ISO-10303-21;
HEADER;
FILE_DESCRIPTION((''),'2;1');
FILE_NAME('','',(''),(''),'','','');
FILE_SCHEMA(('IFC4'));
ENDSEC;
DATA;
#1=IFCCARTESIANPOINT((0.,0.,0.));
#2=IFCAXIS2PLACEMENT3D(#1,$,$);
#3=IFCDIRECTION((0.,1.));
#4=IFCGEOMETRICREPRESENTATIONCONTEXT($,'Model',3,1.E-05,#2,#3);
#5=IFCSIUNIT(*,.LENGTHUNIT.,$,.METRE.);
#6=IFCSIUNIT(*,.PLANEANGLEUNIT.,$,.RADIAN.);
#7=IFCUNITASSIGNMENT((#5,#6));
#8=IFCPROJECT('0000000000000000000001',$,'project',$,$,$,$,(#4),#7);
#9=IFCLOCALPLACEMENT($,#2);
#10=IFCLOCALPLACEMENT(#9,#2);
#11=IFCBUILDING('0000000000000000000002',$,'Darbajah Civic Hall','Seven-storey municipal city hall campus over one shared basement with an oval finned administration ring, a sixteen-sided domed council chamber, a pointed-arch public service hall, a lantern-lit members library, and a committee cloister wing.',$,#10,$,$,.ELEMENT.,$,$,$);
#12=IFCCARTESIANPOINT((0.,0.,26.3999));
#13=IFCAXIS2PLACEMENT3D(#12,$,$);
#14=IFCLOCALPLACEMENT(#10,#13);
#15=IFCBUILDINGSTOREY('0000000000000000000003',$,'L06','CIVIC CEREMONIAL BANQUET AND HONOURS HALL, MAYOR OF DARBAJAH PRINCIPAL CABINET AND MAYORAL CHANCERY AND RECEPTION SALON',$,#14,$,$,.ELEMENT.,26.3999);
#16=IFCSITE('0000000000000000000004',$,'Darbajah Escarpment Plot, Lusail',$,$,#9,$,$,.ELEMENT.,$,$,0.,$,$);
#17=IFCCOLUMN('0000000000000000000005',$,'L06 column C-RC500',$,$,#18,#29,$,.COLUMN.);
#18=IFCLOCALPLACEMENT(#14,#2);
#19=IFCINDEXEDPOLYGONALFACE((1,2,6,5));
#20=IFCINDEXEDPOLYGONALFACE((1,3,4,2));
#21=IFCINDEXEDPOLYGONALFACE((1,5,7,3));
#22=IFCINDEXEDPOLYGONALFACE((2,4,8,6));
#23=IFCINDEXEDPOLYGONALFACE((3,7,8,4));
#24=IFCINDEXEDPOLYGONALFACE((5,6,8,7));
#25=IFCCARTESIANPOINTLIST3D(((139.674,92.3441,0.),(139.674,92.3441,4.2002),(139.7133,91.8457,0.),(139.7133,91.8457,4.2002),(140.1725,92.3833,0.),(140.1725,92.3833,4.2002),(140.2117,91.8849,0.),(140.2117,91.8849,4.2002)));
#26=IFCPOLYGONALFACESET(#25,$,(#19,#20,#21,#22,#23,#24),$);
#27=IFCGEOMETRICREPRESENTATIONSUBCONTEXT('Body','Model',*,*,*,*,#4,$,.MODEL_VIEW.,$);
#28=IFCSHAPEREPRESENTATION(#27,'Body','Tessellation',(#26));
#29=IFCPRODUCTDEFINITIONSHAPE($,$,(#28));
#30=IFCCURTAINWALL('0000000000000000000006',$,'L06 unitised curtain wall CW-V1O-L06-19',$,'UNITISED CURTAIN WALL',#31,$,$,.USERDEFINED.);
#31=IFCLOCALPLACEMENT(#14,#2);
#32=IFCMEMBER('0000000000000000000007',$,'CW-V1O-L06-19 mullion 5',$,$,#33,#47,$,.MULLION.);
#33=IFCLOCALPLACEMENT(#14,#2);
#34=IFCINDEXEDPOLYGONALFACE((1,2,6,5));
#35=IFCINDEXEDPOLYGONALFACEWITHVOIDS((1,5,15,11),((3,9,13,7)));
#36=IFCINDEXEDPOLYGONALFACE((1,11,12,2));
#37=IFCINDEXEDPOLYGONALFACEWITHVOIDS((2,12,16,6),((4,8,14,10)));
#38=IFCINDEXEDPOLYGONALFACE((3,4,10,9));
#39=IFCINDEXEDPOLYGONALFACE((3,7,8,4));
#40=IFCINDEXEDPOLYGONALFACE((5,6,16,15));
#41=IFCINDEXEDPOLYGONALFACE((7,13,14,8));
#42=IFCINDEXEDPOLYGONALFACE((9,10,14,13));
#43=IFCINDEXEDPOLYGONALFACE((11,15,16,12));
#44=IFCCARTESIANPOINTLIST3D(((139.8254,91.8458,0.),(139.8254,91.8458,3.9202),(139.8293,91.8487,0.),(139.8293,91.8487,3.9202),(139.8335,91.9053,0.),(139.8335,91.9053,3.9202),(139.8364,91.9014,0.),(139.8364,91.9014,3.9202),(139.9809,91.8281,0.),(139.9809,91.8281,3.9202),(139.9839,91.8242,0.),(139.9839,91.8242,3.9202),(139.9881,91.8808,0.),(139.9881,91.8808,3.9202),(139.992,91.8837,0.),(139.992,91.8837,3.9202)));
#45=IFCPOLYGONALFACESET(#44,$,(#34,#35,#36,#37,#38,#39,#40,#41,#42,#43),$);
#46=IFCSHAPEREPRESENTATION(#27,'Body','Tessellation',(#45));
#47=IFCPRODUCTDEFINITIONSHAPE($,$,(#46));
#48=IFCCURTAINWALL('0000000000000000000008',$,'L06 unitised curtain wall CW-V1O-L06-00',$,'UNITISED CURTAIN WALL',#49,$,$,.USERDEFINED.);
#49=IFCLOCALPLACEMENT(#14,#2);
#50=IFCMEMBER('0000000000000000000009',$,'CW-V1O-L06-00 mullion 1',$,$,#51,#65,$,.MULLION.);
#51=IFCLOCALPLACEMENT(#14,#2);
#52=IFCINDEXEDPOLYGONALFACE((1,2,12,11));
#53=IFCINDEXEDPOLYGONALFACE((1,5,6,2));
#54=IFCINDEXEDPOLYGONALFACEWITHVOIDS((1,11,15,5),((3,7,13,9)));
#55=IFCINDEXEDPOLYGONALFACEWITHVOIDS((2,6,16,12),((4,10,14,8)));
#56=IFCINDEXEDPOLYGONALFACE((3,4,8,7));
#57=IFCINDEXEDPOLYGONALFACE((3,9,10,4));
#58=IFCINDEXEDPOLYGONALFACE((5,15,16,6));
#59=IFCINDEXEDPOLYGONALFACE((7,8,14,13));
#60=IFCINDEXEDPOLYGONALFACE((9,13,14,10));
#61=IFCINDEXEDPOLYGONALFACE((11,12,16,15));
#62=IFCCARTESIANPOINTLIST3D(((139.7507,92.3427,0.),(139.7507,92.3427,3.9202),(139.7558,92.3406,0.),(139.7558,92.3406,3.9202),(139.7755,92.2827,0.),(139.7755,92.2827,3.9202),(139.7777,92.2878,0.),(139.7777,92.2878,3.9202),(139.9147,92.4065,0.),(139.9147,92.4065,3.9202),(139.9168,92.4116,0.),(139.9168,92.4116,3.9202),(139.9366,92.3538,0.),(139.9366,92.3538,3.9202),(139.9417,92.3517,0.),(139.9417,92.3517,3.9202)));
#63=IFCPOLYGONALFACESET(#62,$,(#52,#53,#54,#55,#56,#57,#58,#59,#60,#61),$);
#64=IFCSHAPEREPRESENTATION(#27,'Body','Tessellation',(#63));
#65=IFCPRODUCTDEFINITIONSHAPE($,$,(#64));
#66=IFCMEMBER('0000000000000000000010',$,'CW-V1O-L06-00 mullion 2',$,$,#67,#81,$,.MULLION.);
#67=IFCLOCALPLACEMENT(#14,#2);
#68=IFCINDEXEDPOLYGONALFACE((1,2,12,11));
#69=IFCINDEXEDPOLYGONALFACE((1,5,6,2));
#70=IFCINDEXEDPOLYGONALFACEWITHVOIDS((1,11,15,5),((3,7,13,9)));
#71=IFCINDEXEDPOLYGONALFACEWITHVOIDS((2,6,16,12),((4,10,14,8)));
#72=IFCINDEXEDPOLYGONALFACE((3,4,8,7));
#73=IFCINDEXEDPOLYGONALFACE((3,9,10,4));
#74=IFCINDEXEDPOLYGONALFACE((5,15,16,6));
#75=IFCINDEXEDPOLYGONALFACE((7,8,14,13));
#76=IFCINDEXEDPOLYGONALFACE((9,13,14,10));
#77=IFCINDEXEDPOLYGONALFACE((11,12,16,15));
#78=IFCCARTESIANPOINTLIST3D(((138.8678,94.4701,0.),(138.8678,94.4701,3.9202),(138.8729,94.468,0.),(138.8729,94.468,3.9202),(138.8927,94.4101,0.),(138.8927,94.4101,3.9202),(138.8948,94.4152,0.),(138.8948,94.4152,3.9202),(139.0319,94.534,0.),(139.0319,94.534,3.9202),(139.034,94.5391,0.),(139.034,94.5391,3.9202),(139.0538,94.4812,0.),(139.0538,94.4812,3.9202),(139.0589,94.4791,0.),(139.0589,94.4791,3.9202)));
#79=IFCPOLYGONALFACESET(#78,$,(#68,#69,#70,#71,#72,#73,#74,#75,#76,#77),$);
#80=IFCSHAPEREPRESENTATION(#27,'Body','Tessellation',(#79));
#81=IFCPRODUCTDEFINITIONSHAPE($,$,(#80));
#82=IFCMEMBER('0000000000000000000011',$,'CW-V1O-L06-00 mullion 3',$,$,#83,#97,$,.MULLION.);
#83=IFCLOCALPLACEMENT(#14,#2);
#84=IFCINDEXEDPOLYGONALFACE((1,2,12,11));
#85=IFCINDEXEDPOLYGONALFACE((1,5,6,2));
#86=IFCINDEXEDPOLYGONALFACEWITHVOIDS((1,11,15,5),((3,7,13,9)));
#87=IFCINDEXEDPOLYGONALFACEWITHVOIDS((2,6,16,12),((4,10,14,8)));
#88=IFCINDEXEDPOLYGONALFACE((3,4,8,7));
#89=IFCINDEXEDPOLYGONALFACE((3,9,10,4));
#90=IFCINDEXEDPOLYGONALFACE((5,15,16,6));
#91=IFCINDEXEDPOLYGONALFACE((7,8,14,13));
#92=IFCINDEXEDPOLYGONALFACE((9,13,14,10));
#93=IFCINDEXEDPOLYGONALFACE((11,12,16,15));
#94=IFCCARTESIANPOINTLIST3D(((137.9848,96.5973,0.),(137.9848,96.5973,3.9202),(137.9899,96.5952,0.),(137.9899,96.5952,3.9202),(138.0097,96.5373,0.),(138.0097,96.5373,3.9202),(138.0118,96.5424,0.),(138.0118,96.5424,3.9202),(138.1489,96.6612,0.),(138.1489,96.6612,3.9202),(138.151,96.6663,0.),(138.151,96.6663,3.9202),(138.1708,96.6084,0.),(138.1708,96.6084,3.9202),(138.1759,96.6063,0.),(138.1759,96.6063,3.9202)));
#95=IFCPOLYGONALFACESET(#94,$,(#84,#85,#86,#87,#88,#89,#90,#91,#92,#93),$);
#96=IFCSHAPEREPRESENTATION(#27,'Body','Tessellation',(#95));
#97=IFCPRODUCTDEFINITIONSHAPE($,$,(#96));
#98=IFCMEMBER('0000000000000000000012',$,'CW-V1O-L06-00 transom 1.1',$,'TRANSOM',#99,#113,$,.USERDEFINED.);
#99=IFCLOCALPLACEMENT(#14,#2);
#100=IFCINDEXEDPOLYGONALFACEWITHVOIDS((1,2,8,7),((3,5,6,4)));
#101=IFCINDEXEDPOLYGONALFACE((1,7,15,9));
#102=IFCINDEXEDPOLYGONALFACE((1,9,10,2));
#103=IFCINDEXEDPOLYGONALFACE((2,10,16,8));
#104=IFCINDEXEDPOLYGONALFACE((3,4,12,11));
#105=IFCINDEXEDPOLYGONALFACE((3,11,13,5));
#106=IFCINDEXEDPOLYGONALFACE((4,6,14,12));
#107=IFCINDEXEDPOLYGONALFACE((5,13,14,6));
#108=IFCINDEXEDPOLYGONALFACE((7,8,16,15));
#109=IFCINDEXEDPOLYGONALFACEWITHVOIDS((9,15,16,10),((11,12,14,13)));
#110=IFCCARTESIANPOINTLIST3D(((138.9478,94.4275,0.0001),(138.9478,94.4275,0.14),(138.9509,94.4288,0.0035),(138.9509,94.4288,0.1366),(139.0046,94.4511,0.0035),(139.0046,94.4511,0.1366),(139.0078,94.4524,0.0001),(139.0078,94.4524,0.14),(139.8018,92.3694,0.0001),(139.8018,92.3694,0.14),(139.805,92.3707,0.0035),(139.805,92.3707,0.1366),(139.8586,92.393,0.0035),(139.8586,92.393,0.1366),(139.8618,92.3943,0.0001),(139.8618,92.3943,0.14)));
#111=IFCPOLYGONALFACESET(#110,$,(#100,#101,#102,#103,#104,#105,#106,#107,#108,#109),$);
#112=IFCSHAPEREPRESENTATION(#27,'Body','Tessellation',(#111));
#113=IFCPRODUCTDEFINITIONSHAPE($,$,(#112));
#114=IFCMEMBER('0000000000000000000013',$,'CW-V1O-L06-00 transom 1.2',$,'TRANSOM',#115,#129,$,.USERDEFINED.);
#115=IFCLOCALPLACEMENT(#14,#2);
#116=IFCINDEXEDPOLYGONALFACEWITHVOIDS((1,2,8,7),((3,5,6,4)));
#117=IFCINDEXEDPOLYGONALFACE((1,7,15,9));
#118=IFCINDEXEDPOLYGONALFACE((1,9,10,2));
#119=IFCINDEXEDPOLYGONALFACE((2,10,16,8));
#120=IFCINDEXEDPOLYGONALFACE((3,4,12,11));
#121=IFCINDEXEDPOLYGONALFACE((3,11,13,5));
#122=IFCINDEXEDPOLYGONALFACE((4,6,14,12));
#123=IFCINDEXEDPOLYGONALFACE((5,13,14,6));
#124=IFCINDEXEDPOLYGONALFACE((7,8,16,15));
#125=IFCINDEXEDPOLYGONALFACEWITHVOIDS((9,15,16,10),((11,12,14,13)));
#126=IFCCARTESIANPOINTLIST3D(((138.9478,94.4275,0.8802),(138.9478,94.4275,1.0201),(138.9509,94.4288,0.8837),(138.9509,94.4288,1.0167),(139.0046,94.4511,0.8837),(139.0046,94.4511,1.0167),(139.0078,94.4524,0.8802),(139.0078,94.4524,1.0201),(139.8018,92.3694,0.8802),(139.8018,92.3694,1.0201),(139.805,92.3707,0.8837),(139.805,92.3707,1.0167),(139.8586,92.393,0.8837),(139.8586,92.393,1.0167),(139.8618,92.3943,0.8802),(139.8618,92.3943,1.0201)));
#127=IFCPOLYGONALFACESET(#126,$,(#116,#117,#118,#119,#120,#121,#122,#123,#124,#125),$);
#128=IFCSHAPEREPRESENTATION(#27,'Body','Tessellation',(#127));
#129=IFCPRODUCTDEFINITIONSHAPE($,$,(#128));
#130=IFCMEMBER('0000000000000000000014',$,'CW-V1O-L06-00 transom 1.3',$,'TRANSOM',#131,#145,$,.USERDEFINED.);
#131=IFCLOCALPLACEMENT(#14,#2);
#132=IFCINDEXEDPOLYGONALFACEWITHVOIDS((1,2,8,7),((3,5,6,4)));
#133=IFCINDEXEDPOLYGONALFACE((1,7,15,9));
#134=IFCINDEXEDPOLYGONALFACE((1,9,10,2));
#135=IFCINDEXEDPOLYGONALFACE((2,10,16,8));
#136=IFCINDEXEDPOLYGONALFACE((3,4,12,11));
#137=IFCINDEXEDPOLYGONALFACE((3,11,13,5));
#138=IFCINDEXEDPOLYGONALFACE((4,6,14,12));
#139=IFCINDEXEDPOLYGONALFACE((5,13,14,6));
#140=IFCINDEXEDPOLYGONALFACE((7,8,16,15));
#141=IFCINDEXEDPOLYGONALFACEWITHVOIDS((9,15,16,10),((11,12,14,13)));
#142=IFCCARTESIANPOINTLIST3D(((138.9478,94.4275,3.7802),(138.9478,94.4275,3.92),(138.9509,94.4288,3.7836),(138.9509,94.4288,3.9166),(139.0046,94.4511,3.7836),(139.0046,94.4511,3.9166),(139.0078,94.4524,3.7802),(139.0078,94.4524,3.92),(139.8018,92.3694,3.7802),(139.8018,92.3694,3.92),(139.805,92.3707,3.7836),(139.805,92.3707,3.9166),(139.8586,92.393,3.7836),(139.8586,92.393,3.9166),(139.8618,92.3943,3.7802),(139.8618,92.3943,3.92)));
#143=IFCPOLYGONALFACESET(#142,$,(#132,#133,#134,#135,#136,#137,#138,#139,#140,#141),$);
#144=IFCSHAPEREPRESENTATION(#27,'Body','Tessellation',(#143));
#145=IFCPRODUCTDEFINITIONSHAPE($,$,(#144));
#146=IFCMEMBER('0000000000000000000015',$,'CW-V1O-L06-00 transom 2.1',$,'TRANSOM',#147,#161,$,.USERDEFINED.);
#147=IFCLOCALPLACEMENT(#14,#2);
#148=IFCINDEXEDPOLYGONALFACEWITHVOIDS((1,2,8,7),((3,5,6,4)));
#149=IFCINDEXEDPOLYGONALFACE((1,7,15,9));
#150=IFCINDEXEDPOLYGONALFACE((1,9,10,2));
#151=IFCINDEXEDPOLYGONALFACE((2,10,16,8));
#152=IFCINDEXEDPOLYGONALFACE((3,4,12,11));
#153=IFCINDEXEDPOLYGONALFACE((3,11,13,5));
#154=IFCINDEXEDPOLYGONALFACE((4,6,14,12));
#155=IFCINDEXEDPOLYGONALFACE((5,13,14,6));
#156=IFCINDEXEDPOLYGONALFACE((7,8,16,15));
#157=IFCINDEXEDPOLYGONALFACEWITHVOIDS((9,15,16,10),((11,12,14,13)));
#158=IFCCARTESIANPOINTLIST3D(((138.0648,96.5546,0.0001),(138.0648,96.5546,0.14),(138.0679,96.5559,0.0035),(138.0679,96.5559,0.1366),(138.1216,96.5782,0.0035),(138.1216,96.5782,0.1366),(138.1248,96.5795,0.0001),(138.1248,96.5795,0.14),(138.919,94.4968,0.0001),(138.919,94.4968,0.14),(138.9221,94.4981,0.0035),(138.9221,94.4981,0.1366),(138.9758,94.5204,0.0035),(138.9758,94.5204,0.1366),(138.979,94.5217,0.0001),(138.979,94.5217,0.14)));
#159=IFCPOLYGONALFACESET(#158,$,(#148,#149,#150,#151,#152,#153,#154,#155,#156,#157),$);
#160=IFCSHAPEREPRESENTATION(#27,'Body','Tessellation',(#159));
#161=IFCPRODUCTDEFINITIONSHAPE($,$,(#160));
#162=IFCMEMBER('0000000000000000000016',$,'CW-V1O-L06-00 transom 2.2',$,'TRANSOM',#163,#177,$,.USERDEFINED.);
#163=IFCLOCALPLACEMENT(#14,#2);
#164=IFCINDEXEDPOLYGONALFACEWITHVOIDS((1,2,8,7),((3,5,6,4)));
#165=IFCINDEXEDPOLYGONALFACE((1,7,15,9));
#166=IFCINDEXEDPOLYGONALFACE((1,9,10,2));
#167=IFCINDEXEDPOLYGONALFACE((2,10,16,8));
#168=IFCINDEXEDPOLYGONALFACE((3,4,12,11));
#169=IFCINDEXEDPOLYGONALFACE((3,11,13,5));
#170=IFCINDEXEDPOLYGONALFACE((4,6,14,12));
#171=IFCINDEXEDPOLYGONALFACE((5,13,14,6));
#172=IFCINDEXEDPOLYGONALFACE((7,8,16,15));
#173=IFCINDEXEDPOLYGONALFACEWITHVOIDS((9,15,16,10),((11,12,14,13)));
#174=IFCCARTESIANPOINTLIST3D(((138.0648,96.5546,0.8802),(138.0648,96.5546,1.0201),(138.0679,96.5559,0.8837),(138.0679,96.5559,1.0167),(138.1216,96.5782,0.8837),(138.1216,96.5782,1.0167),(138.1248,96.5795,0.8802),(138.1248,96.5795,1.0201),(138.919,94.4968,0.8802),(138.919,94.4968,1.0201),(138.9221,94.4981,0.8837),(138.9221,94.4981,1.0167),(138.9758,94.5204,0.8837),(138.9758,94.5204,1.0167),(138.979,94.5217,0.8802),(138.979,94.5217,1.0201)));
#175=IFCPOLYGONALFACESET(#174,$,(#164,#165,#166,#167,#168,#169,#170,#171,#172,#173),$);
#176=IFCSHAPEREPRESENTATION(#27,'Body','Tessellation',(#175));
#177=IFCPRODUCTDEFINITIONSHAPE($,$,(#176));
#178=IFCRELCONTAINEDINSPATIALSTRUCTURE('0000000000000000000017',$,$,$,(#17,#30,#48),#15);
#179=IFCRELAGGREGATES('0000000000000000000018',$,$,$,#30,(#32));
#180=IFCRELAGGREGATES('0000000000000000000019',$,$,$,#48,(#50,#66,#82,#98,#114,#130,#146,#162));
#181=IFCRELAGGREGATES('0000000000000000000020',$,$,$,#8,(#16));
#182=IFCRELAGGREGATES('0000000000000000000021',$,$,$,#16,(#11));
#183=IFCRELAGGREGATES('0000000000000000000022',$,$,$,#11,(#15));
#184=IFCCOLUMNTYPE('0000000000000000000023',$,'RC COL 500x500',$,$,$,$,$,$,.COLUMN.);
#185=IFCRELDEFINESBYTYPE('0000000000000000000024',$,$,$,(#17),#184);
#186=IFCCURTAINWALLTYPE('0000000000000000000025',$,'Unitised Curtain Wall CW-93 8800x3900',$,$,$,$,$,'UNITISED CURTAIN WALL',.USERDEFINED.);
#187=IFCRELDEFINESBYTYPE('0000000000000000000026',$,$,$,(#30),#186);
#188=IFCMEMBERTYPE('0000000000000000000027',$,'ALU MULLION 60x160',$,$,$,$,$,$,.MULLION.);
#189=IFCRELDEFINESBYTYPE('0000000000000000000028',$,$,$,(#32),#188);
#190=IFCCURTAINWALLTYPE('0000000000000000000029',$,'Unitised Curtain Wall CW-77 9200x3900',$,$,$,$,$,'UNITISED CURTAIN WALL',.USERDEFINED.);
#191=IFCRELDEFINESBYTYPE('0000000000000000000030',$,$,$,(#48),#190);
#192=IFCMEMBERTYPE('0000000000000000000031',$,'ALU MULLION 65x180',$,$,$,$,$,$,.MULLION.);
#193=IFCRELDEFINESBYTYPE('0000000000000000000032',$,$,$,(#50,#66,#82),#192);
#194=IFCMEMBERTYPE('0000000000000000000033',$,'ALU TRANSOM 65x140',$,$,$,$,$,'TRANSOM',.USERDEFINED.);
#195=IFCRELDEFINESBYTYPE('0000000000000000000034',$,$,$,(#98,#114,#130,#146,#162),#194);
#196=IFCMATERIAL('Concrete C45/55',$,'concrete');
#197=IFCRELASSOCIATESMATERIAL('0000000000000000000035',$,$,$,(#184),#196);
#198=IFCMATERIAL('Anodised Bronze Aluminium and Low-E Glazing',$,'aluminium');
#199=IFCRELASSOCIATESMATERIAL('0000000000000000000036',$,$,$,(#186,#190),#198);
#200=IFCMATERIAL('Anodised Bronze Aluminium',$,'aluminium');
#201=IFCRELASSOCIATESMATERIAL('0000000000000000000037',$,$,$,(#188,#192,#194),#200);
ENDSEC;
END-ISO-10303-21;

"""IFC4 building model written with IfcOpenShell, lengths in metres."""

from ifc_helpers import new_model, si_unit, direction, frame, origin, origin_2d, place, context, subcontext, project, spatial, rectangle, hollow_rectangle, extrude, material, material_profile, profile_set, type_object, element, aggregate, save


model = new_model("IFC4")

# Units and contexts
model_context = context("Model", 3, precision=1e-05, world=origin(), true_north=direction((0.0, 1.0)))
body_context = subcontext(model_context, "Body", "Model", "MODEL_VIEW")
ifc_project = project(units=[si_unit("LENGTHUNIT", "METRE"), si_unit("PLANEANGLEUNIT", "RADIAN")], contexts=[model_context])

# Site, building, storey
site_placement = place(None, origin())
site = spatial("IfcSite", under=ifc_project, at=site_placement, Name="Darbajah Escarpment Plot, Lusail", CompositionType="ELEMENT", RefElevation=0.0)
building_placement = place(site_placement, origin())
building = spatial("IfcBuilding", under=site, at=building_placement, Name="Darbajah Civic Hall", Description="Seven-storey municipal city hall campus over one shared basement with an oval finned administration ring, a sixteen-sided domed council chamber, a pointed-arch public service hall, a lantern-lit members library, and a committee cloister wing.", CompositionType="ELEMENT")
storey_placement = place(building_placement, frame((0.0, 0.0, 26.3999)))
storey = spatial("IfcBuildingStorey", under=building, at=storey_placement, Name="L06", Description="CIVIC CEREMONIAL BANQUET AND HONOURS HALL, MAYOR OF DARBAJAH PRINCIPAL CABINET AND MAYORAL CHANCERY AND RECEPTION SALON", CompositionType="ELEMENT", Elevation=26.3999)

# Column
ifc_material_1 = material(Name="Concrete C45/55", Category="concrete")
ifc_material_profile_1 = material_profile(ifc_material_1, rectangle(XDim=0.5, YDim=0.5, at=origin_2d()), Name="RC COL 500x500")
ifc_profile_set_1 = profile_set([ifc_material_profile_1], Name="Concrete C45/55")
column_type = type_object("IfcColumnType", Name="RC COL 500x500", PredefinedType="COLUMN", material=ifc_profile_set_1)
column_placement = place(storey_placement, frame((139.9429, 92.1145, 0.0), z_axis=(0.0, 0.0, 1.0), x_axis=(0.996917, 0.078459, 0.0)))
element("IfcColumn", 1, at=column_placement, inside=storey, type_object=column_type, Name="L06 column C-RC500", PredefinedType="COLUMN", context=body_context, shape_type="SweptSolid", body=[
    extrude(rectangle(XDim=0.5, YDim=0.5, at=origin_2d()), origin(), (0.0, 0.0, 1.0), 4.2002),
])

# Curtain wall, member
ifc_material_2 = material(Name="Anodised Bronze Aluminium and Low-E Glazing", Category="aluminium")
curtain_wall_type_1 = type_object("IfcCurtainWallType", Name="Unitised Curtain Wall CW-93 8800x3900", ElementType="UNITISED CURTAIN WALL", PredefinedType="USERDEFINED", material=ifc_material_2)
curtain_wall_1_placement = place(storey_placement, origin())
curtain_wall_1 = element("IfcCurtainWall", 2, at=curtain_wall_1_placement, inside=storey, type_object=curtain_wall_type_1, Name="L06 unitised curtain wall CW-V1O-L06-19", ObjectType="UNITISED CURTAIN WALL", PredefinedType="USERDEFINED")
ifc_material_3 = material(Name="Anodised Bronze Aluminium", Category="aluminium")
ifc_material_profile_2 = material_profile(ifc_material_3, hollow_rectangle(XDim=0.0601, YDim=0.1599, WallThickness=0.0034, at=origin_2d()), Name="ALU MULLION 60x160")
ifc_profile_set_2 = profile_set([ifc_material_profile_2], Name="Anodised Bronze Aluminium")
member_type_1 = type_object("IfcMemberType", Name="ALU MULLION 60x160", PredefinedType="MULLION", material=ifc_profile_set_2)
member_1_placement = place(storey_placement, frame((139.9087, 91.8647, 0.0), z_axis=(0.0, 0.0, 1.0), x_axis=(0.134851, 0.990866, 0.0)))
member_1 = element("IfcMember", 3, at=member_1_placement, type_object=member_type_1, Name="CW-V1O-L06-19 mullion 5", PredefinedType="MULLION", context=body_context, shape_type="SweptSolid", body=[
    extrude(hollow_rectangle(XDim=0.0601, YDim=0.1599, WallThickness=0.0034, at=origin_2d()), origin(), (0.0, 0.0, 1.0), 3.9202),
])

# Curtain wall, members
curtain_wall_type_2 = type_object("IfcCurtainWallType", Name="Unitised Curtain Wall CW-77 9200x3900", ElementType="UNITISED CURTAIN WALL", PredefinedType="USERDEFINED", material=ifc_material_2)
curtain_wall_2_placement = place(storey_placement, origin())
curtain_wall_2 = element("IfcCurtainWall", 4, at=curtain_wall_2_placement, inside=storey, type_object=curtain_wall_type_2, Name="L06 unitised curtain wall CW-V1O-L06-00", ObjectType="UNITISED CURTAIN WALL", PredefinedType="USERDEFINED")
ifc_material_profile_3 = material_profile(ifc_material_3, hollow_rectangle(XDim=0.0649, YDim=0.1799, WallThickness=0.0039, at=origin_2d()), Name="ALU MULLION 65x180")
ifc_profile_set_3 = profile_set([ifc_material_profile_3], Name="Anodised Bronze Aluminium")
member_type_2 = type_object("IfcMemberType", Name="ALU MULLION 65x180", PredefinedType="MULLION", material=ifc_profile_set_3)
member_2_placement = place(storey_placement, frame((139.8462, 92.3472, 0.0), z_axis=(0.0, 0.0, 1.0), x_axis=(-0.383328, 0.923612, 0.0)))
member_2 = element("IfcMember", 5, at=member_2_placement, type_object=member_type_2, Name="CW-V1O-L06-00 mullion 1", PredefinedType="MULLION", context=body_context, shape_type="SweptSolid", body=[
    extrude(hollow_rectangle(XDim=0.0649, YDim=0.1799, WallThickness=0.0039, at=origin_2d()), origin(), (0.0, 0.0, 1.0), 3.9202),
])
member_3_placement = place(storey_placement, frame((138.9634, 94.4746, 0.0), z_axis=(0.0, 0.0, 1.0), x_axis=(-0.383328, 0.923612, 0.0)))
member_3 = element("IfcMember", 6, at=member_3_placement, type_object=member_type_2, Name="CW-V1O-L06-00 mullion 2", PredefinedType="MULLION", context=body_context, shape_type="SweptSolid", body=[
    extrude(hollow_rectangle(XDim=0.0649, YDim=0.1799, WallThickness=0.0039, at=origin_2d()), origin(), (0.0, 0.0, 1.0), 3.9202),
])
member_4_placement = place(storey_placement, frame((138.0803, 96.6018, 0.0), z_axis=(0.0, 0.0, 1.0), x_axis=(-0.383328, 0.923612, 0.0)))
member_4 = element("IfcMember", 7, at=member_4_placement, type_object=member_type_2, Name="CW-V1O-L06-00 mullion 3", PredefinedType="MULLION", context=body_context, shape_type="SweptSolid", body=[
    extrude(hollow_rectangle(XDim=0.0649, YDim=0.1799, WallThickness=0.0039, at=origin_2d()), origin(), (0.0, 0.0, 1.0), 3.9202),
])
ifc_material_profile_4 = material_profile(ifc_material_3, hollow_rectangle(XDim=0.0649, YDim=0.1399, WallThickness=0.0034, at=origin_2d()), Name="ALU TRANSOM 65x140")
ifc_profile_set_4 = profile_set([ifc_material_profile_4], Name="Anodised Bronze Aluminium")
member_type_3 = type_object("IfcMemberType", Name="ALU TRANSOM 65x140", ElementType="TRANSOM", PredefinedType="USERDEFINED", material=ifc_profile_set_4)
member_5_placement = place(storey_placement, frame((139.8318, 92.3818, 0.0701), z_axis=(-0.383261, 0.92364, 0.0), x_axis=(-0.92364, -0.383261, 0.0)))
member_5 = element("IfcMember", 8, at=member_5_placement, type_object=member_type_3, Name="CW-V1O-L06-00 transom 1.1", ObjectType="TRANSOM", PredefinedType="USERDEFINED", context=body_context, shape_type="SweptSolid", body=[
    extrude(hollow_rectangle(XDim=0.0649, YDim=0.1399, WallThickness=0.0034, at=origin_2d()), origin(), (0.0, 0.0, 1.0), 2.2283),
])
member_6_placement = place(storey_placement, frame((139.8318, 92.3818, 0.9502), z_axis=(-0.383261, 0.92364, 0.0), x_axis=(-0.92364, -0.383261, 0.0)))
member_6 = element("IfcMember", 9, at=member_6_placement, type_object=member_type_3, Name="CW-V1O-L06-00 transom 1.2", ObjectType="TRANSOM", PredefinedType="USERDEFINED", context=body_context, shape_type="SweptSolid", body=[
    extrude(hollow_rectangle(XDim=0.0649, YDim=0.1399, WallThickness=0.0034, at=origin_2d()), origin(), (0.0, 0.0, 1.0), 2.2283),
])
member_7_placement = place(storey_placement, frame((139.8318, 92.3818, 3.8501), z_axis=(-0.383261, 0.92364, 0.0), x_axis=(-0.92364, -0.383261, 0.0)))
member_7 = element("IfcMember", 10, at=member_7_placement, type_object=member_type_3, Name="CW-V1O-L06-00 transom 1.3", ObjectType="TRANSOM", PredefinedType="USERDEFINED", context=body_context, shape_type="SweptSolid", body=[
    extrude(hollow_rectangle(XDim=0.0649, YDim=0.1399, WallThickness=0.0034, at=origin_2d()), origin(), (0.0, 0.0, 1.0), 2.2283),
])
member_8_placement = place(storey_placement, frame((138.949, 94.5093, 0.0701), z_axis=(-0.383394, 0.923585, 0.0), x_axis=(-0.923585, -0.383394, 0.0)))
member_8 = element("IfcMember", 11, at=member_8_placement, type_object=member_type_3, Name="CW-V1O-L06-00 transom 2.1", ObjectType="TRANSOM", PredefinedType="USERDEFINED", context=body_context, shape_type="SweptSolid", body=[
    extrude(hollow_rectangle(XDim=0.0649, YDim=0.1399, WallThickness=0.0034, at=origin_2d()), origin(), (0.0, 0.0, 1.0), 2.228),
])
member_9_placement = place(storey_placement, frame((138.949, 94.5093, 0.9502), z_axis=(-0.383394, 0.923585, 0.0), x_axis=(-0.923585, -0.383394, 0.0)))
member_9 = element("IfcMember", 12, at=member_9_placement, type_object=member_type_3, Name="CW-V1O-L06-00 transom 2.2", ObjectType="TRANSOM", PredefinedType="USERDEFINED", context=body_context, shape_type="SweptSolid", body=[
    extrude(hollow_rectangle(XDim=0.0649, YDim=0.1399, WallThickness=0.0034, at=origin_2d()), origin(), (0.0, 0.0, 1.0), 2.228),
])

aggregate(curtain_wall_1, [member_1])
aggregate(curtain_wall_2, [member_2, member_3, member_4, member_5, member_6, member_7, member_8, member_9])

save(model, "model.ifc")
